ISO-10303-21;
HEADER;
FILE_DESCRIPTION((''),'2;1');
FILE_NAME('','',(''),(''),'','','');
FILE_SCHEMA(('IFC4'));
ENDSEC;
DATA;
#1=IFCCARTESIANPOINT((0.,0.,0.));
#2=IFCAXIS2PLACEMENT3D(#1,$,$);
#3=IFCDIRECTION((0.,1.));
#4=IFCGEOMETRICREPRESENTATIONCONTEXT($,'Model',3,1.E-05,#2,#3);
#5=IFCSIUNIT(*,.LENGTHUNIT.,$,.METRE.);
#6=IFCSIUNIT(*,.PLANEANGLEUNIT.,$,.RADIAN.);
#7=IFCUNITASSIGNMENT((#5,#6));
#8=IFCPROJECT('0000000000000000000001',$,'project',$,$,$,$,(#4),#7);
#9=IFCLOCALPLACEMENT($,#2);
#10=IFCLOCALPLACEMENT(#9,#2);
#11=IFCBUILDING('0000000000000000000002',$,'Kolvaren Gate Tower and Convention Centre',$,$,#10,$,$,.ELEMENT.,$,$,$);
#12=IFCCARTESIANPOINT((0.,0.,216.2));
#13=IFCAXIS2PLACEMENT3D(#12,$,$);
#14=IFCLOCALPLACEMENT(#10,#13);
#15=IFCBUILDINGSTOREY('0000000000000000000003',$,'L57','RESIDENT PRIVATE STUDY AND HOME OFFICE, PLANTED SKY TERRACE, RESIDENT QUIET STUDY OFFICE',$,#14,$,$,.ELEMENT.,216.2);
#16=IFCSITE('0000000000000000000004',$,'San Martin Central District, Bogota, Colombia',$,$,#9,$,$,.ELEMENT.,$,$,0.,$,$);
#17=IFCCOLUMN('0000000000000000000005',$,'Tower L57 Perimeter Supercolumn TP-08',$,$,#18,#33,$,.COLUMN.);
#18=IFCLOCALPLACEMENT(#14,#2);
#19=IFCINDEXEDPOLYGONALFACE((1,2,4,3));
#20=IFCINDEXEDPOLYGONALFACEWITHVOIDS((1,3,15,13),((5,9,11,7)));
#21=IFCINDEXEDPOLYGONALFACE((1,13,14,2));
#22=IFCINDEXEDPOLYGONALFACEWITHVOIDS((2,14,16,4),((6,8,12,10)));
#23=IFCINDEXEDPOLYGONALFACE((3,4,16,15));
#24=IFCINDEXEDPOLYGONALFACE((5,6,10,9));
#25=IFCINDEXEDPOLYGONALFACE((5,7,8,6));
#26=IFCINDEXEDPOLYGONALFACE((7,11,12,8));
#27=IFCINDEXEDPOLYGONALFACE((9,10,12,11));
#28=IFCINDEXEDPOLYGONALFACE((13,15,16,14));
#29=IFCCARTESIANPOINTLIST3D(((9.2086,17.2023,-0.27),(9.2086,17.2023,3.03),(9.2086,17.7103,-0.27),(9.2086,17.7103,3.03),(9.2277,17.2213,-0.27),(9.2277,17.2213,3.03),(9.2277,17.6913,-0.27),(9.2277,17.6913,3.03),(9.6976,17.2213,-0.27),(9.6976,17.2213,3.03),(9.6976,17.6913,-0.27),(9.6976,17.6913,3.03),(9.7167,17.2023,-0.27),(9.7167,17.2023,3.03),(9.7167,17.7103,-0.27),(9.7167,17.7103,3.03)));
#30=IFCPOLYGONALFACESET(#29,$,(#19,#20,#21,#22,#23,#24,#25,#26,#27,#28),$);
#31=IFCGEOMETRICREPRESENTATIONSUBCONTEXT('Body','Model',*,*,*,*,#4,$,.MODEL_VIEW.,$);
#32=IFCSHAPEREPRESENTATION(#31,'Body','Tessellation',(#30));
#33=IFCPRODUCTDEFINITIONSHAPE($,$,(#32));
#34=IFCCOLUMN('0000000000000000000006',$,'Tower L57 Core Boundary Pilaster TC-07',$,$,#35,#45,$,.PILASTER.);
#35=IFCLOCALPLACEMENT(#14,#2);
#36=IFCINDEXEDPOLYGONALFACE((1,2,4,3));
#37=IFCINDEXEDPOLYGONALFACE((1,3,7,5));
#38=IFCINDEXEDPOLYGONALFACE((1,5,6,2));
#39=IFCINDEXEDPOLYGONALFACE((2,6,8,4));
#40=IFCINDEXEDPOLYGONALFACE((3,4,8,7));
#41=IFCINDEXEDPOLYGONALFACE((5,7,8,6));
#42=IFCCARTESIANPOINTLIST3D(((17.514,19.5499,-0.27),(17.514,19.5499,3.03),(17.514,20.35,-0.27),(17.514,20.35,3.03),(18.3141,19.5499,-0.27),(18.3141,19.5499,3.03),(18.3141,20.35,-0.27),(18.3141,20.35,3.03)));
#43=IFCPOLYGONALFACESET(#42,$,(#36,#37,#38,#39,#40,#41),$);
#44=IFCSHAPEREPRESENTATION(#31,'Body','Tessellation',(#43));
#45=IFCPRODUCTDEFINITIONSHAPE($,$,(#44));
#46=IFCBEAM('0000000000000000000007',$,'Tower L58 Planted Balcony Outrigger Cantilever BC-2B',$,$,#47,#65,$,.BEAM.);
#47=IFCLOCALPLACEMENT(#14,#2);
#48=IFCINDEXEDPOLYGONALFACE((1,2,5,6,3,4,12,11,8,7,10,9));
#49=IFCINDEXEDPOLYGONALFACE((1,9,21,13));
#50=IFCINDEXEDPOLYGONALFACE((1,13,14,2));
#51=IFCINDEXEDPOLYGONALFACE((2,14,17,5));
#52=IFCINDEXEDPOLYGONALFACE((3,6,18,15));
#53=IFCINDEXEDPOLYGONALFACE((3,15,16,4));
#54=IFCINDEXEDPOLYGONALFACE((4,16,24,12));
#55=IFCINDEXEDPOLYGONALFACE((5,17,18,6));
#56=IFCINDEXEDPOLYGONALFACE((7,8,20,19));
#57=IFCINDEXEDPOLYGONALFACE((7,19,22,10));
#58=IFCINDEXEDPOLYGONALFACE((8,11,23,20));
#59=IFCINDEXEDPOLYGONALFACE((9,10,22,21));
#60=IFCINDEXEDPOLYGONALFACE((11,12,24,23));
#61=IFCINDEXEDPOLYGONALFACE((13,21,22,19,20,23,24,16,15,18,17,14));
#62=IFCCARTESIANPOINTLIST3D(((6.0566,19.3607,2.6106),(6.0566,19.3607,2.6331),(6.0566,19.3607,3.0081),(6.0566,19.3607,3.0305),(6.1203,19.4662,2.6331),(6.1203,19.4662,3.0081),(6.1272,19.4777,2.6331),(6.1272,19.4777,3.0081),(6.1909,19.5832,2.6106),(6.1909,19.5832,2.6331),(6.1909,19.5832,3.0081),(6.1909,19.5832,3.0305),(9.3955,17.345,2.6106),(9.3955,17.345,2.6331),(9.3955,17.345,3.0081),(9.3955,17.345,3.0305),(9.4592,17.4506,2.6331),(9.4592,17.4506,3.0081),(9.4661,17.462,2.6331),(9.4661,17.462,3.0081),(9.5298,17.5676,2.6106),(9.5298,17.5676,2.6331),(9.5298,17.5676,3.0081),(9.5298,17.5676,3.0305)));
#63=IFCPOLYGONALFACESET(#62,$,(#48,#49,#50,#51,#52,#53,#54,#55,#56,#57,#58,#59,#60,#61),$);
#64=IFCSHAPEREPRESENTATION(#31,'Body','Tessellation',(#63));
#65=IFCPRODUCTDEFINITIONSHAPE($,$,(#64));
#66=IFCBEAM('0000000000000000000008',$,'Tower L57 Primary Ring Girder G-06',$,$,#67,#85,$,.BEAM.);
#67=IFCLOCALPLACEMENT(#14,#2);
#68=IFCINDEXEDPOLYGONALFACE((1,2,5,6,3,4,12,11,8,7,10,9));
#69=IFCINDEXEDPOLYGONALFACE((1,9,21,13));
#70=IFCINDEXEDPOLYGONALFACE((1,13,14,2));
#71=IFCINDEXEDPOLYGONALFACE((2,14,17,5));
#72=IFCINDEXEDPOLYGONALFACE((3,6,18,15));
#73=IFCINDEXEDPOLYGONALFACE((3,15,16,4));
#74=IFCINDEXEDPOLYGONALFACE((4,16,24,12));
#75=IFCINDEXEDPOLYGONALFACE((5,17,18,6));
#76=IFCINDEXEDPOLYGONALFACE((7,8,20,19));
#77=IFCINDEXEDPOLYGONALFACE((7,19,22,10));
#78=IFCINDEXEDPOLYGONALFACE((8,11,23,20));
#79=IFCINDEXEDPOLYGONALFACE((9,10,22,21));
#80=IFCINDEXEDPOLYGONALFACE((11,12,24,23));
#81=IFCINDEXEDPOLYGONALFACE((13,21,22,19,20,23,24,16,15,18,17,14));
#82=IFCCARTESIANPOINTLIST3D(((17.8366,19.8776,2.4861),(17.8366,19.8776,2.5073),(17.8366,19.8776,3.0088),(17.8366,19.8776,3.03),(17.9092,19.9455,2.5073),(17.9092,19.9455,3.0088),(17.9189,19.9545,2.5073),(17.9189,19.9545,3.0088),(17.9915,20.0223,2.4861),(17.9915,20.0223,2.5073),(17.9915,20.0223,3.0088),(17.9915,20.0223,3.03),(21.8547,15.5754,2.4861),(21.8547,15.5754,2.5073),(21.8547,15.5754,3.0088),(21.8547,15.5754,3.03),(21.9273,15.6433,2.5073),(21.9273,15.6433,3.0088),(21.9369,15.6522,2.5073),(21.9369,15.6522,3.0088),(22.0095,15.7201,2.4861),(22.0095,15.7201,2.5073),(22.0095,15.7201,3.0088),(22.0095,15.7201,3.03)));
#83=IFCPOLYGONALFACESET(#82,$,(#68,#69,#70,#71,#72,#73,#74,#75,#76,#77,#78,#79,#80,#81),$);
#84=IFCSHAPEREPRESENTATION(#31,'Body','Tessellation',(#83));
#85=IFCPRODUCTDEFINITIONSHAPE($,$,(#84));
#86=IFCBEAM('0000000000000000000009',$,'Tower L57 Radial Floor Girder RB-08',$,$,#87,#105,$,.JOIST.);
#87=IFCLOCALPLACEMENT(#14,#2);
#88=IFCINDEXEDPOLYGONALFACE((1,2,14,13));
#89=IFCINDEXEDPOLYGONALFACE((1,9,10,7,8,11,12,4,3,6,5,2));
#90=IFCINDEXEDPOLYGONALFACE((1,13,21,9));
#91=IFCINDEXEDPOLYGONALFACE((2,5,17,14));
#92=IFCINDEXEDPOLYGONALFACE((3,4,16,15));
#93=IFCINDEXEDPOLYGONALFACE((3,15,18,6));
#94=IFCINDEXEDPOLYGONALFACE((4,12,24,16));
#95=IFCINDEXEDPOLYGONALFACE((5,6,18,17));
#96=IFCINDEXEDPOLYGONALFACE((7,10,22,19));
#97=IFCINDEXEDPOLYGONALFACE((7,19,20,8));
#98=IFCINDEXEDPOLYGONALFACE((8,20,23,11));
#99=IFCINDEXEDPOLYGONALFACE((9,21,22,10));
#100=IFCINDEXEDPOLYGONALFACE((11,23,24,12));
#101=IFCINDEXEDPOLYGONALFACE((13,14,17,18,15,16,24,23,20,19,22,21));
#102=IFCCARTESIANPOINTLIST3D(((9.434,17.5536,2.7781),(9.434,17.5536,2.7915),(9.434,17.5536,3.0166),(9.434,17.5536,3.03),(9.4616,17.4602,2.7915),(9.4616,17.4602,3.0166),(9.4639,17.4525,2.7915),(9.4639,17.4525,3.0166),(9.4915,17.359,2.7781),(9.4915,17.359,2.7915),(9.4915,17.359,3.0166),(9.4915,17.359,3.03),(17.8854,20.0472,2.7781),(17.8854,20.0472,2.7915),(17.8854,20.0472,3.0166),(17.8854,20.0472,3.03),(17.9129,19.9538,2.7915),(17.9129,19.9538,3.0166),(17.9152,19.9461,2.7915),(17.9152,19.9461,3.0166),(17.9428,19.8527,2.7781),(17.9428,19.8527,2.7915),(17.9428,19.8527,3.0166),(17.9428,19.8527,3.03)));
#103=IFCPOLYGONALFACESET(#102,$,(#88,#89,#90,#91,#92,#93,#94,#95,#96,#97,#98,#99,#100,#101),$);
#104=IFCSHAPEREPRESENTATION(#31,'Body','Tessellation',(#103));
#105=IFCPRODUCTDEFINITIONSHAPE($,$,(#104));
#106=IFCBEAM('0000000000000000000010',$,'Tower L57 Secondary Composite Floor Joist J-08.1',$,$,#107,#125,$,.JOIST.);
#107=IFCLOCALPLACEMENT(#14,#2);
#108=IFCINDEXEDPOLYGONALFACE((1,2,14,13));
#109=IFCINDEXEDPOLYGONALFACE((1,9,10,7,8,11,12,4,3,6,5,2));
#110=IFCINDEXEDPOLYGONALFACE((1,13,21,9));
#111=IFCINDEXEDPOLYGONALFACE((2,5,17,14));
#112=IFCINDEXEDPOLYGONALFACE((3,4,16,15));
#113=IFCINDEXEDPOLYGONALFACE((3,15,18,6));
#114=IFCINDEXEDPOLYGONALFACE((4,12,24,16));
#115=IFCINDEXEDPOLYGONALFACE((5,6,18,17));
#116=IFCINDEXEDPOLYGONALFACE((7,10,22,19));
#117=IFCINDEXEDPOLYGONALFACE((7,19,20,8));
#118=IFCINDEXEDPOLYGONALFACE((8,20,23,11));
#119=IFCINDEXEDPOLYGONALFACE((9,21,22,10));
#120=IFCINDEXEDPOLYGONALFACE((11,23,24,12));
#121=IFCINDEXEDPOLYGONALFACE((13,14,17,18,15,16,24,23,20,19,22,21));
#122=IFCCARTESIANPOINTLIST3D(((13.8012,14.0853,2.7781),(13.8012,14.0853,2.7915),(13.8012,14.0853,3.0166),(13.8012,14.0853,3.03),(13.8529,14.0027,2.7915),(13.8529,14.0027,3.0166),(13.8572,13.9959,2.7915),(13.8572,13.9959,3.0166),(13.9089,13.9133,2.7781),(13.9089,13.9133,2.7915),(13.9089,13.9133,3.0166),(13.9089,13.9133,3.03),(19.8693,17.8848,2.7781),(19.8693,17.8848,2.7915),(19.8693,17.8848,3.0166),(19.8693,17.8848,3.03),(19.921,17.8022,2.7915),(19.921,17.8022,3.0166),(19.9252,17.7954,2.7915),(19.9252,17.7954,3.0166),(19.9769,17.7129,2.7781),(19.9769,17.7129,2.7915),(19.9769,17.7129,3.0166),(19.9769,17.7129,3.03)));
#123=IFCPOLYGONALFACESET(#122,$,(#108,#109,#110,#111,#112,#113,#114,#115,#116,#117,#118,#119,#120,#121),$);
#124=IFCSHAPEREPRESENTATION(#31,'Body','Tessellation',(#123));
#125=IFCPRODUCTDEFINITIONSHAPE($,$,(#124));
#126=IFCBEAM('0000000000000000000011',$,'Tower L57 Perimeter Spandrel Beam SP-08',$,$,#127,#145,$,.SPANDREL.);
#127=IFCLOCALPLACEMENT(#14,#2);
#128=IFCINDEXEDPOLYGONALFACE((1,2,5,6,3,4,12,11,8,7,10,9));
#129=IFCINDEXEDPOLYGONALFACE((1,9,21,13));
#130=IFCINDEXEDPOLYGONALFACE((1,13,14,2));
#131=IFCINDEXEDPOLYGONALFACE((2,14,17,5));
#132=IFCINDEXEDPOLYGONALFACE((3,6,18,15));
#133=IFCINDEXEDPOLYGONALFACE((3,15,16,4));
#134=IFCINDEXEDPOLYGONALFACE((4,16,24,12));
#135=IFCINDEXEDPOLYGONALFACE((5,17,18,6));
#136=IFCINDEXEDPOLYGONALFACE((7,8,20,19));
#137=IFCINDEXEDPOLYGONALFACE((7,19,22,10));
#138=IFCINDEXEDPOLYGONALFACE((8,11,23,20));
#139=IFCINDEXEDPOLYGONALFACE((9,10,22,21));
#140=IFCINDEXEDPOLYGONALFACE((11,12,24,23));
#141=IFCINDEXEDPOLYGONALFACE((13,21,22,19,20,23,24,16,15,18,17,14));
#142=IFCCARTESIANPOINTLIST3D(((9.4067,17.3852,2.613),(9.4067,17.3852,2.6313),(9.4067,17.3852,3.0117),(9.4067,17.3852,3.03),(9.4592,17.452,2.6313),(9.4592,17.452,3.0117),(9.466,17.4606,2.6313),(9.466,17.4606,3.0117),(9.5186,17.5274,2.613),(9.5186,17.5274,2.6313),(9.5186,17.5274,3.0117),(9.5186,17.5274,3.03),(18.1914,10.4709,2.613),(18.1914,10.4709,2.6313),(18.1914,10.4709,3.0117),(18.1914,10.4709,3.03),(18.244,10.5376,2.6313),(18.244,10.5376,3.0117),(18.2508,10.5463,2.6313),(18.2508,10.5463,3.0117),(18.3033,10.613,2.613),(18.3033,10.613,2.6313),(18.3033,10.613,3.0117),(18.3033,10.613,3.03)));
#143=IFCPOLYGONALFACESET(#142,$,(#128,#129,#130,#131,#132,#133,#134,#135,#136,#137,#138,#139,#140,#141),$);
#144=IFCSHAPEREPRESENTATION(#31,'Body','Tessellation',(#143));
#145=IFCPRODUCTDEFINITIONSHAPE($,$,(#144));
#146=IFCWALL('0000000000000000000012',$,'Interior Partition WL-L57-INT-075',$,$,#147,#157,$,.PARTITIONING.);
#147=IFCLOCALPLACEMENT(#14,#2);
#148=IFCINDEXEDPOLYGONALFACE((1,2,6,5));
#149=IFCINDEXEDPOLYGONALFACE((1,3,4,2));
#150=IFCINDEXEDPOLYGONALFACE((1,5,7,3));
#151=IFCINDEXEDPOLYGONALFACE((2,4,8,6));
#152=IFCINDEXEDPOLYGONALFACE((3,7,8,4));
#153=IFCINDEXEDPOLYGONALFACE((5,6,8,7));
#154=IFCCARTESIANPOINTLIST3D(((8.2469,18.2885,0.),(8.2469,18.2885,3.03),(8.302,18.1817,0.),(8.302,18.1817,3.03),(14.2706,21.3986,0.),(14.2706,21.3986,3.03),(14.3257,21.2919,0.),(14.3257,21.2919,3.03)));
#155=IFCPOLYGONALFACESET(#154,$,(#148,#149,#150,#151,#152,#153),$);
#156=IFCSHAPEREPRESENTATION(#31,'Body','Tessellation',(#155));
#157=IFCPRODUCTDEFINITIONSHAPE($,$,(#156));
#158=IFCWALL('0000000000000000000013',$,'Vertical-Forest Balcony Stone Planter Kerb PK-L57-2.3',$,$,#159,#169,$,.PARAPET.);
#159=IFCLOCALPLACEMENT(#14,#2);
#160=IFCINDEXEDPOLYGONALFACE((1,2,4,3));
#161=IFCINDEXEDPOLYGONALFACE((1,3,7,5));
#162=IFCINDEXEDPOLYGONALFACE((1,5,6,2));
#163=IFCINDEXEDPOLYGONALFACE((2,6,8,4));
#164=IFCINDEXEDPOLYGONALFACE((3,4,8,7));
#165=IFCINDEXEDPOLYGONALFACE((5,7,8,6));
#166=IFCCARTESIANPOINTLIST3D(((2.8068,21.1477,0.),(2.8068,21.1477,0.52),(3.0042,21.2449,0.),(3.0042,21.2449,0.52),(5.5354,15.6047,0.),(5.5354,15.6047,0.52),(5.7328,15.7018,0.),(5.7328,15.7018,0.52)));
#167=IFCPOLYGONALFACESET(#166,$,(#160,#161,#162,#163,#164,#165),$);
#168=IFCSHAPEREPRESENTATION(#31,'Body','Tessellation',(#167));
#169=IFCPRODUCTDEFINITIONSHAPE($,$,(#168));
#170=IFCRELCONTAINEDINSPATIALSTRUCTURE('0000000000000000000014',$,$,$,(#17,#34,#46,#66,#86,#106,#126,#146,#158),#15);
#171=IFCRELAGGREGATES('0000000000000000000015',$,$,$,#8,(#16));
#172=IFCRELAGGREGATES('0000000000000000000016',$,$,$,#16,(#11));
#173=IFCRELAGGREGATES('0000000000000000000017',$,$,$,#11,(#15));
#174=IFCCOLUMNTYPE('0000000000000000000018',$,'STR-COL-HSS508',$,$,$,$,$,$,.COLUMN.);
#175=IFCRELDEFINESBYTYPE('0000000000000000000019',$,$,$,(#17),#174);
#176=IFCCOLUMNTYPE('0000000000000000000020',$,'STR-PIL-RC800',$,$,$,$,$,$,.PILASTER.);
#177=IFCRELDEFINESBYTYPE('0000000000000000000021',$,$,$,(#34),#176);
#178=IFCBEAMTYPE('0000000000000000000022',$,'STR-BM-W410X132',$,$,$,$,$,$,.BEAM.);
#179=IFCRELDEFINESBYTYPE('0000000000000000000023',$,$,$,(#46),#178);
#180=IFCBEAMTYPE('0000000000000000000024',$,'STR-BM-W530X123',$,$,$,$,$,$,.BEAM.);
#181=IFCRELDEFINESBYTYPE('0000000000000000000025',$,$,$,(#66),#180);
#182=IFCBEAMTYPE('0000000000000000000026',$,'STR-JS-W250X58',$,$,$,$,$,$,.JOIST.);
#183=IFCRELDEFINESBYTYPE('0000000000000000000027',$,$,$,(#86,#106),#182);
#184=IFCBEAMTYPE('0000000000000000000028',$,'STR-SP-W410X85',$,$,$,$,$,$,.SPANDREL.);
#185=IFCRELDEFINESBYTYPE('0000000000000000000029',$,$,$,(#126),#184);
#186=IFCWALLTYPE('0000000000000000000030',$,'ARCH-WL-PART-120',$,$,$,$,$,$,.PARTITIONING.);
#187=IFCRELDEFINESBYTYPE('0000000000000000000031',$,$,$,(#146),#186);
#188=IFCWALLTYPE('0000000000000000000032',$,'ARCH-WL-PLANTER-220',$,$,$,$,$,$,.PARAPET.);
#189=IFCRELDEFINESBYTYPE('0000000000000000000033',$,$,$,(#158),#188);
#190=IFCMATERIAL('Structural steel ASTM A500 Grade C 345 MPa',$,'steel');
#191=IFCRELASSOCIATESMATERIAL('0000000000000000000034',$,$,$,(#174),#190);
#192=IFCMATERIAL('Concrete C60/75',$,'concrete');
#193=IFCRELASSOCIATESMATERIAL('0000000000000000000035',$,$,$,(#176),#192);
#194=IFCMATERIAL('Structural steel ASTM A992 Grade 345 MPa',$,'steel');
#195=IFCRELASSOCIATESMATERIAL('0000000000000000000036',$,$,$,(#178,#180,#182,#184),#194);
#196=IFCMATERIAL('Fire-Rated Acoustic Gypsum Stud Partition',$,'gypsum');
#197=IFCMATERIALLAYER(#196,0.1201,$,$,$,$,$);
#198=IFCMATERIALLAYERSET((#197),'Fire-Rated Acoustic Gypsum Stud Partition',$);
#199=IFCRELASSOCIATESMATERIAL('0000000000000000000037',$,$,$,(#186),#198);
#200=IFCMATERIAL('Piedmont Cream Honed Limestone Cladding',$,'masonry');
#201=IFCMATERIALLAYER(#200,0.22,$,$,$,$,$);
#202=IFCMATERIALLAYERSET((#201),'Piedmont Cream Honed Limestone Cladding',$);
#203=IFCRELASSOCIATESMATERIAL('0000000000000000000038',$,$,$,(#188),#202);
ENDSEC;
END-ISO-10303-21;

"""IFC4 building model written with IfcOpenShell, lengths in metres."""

from ifc_helpers import new_model, si_unit, direction, frame, frame_2d, origin, origin_2d, place, context, subcontext, project, spatial, rectangle, hollow_rectangle, i_section, extrude, material, layer, layer_set, material_profile, profile_set, type_object, element, save


model = new_model("IFC4")

# Units and contexts
model_context = context("Model", 3, precision=1e-05, world=origin(), true_north=direction((0.0, 1.0)))
body_context = subcontext(model_context, "Body", "Model", "MODEL_VIEW")
ifc_project = project(units=[si_unit("LENGTHUNIT", "METRE"), si_unit("PLANEANGLEUNIT", "RADIAN")], contexts=[model_context])

# Site, building, storey
site_placement = place(None, origin())
site = spatial("IfcSite", under=ifc_project, at=site_placement, Name="San Martin Central District, Bogota, Colombia", CompositionType="ELEMENT", RefElevation=0.0)
building_placement = place(site_placement, origin())
building = spatial("IfcBuilding", under=site, at=building_placement, Name="Kolvaren Gate Tower and Convention Centre", CompositionType="ELEMENT")
storey_placement = place(building_placement, frame((0.0, 0.0, 216.2)))
storey = spatial("IfcBuildingStorey", under=building, at=storey_placement, Name="L57", Description="RESIDENT PRIVATE STUDY AND HOME OFFICE, PLANTED SKY TERRACE, RESIDENT QUIET STUDY OFFICE", CompositionType="ELEMENT", Elevation=216.2)

# Columns
ifc_material_1 = material(Name="Structural steel ASTM A500 Grade C 345 MPa", Category="steel")
ifc_material_profile_1 = material_profile(ifc_material_1, hollow_rectangle(XDim=0.5081, YDim=0.5081, WallThickness=0.019, at=origin_2d()), Name="HSS508X508X19.1")
ifc_profile_set_1 = profile_set([ifc_material_profile_1], Name="Structural steel ASTM A500 Grade C 345 MPa")
column_type_1 = type_object("IfcColumnType", Name="STR-COL-HSS508", PredefinedType="COLUMN", material=ifc_profile_set_1)
column_1_placement = place(storey_placement, frame((9.4626, 17.4563, -0.27), z_axis=(0.0, 0.0, 1.0), x_axis=(1.0, 0.0, 0.0)))
element("IfcColumn", 1, at=column_1_placement, inside=storey, type_object=column_type_1, Name="Tower L57 Perimeter Supercolumn TP-08", PredefinedType="COLUMN", context=body_context, shape_type="SweptSolid", body=[
    extrude(hollow_rectangle(XDim=0.5081, YDim=0.5081, WallThickness=0.019, at=origin_2d()), origin(), (0.0, 0.0, 1.0), 3.3),
])
ifc_material_2 = material(Name="Concrete C60/75", Category="concrete")
ifc_material_profile_2 = material_profile(ifc_material_2, rectangle(XDim=0.8, YDim=0.8, at=origin_2d()), Name="RC-COL-800X800")
ifc_profile_set_2 = profile_set([ifc_material_profile_2], Name="Concrete C60/75")
column_type_2 = type_object("IfcColumnType", Name="STR-PIL-RC800", PredefinedType="PILASTER", material=ifc_profile_set_2)
column_2_placement = place(storey_placement, frame((17.9141, 19.95, -0.27), z_axis=(0.0, 0.0, 1.0), x_axis=(1.0, 0.0, 0.0)))
element("IfcColumn", 2, at=column_2_placement, inside=storey, type_object=column_type_2, Name="Tower L57 Core Boundary Pilaster TC-07", PredefinedType="PILASTER", context=body_context, shape_type="SweptSolid", body=[
    extrude(rectangle(XDim=0.8, YDim=0.8, at=origin_2d()), origin(), (0.0, 0.0, 1.0), 3.3),
])

# Beams
ifc_material_3 = material(Name="Structural steel ASTM A992 Grade 345 MPa", Category="steel")
ifc_material_profile_3 = material_profile(ifc_material_3, i_section(OverallWidth=0.26, OverallDepth=0.4199, WebThickness=0.0134, FlangeThickness=0.0225, at=origin_2d()), Name="W410X132")
ifc_profile_set_3 = profile_set([ifc_material_profile_3], Name="Structural steel ASTM A992 Grade 345 MPa")
beam_type_1 = type_object("IfcBeamType", Name="STR-BM-W410X132", PredefinedType="BEAM", material=ifc_profile_set_3)
beam_1_placement = place(storey_placement, frame((9.4626, 17.4563, 2.8206), z_axis=(-0.856098, 0.516814, 0.0), x_axis=(-0.516814, -0.856098, 0.0)))
element("IfcBeam", 3, at=beam_1_placement, inside=storey, type_object=beam_type_1, Name="Tower L58 Planted Balcony Outrigger Cantilever BC-2B", PredefinedType="BEAM", context=body_context, shape_type="SweptSolid", body=[
    extrude(i_section(OverallWidth=0.26, OverallDepth=0.4199, WebThickness=0.0134, FlangeThickness=0.0225, at=origin_2d()), origin(), (0.0, 0.0, 1.0), 3.9001),
])
ifc_material_profile_4 = material_profile(ifc_material_3, i_section(OverallWidth=0.2119, OverallDepth=0.5439, WebThickness=0.0132, FlangeThickness=0.0212, at=origin_2d()), Name="W530X123")
ifc_profile_set_4 = profile_set([ifc_material_profile_4], Name="Structural steel ASTM A992 Grade 345 MPa")
beam_type_2 = type_object("IfcBeamType", Name="STR-BM-W530X123", PredefinedType="BEAM", material=ifc_profile_set_4)
beam_2_placement = place(storey_placement, frame((17.9141, 19.95, 2.7581), z_axis=(0.682558, -0.730832, 0.0), x_axis=(0.730832, 0.682558, 0.0)))
element("IfcBeam", 4, at=beam_2_placement, inside=storey, type_object=beam_type_2, Name="Tower L57 Primary Ring Girder G-06", PredefinedType="BEAM", context=body_context, shape_type="SweptSolid", body=[
    extrude(i_section(OverallWidth=0.2119, OverallDepth=0.5439, WebThickness=0.0132, FlangeThickness=0.0212, at=origin_2d()), origin(), (0.0, 0.0, 1.0), 5.8867),
])
ifc_material_profile_5 = material_profile(ifc_material_3, i_section(OverallWidth=0.2029, OverallDepth=0.252, WebThickness=0.0081, FlangeThickness=0.0134, at=origin_2d()), Name="W250X58")
ifc_profile_set_5 = profile_set([ifc_material_profile_5], Name="Structural steel ASTM A992 Grade 345 MPa")
beam_type_3 = type_object("IfcBeamType", Name="STR-JS-W250X58", PredefinedType="JOIST", material=ifc_profile_set_5)
beam_3_placement = place(storey_placement, frame((17.9141, 19.95, 2.9041), z_axis=(-0.959121, -0.282996, 0.0), x_axis=(0.282996, -0.959121, 0.0)))
element("IfcBeam", 5, at=beam_3_placement, inside=storey, type_object=beam_type_3, Name="Tower L57 Radial Floor Girder RB-08", PredefinedType="JOIST", context=body_context, shape_type="SweptSolid", body=[
    extrude(i_section(OverallWidth=0.2029, OverallDepth=0.252, WebThickness=0.0081, FlangeThickness=0.0134, at=origin_2d()), origin(), (0.0, 0.0, 1.0), 8.8115),
])
beam_4_placement = place(storey_placement, frame((19.9231, 17.7988, 2.9041), z_axis=(-0.847559, -0.530701, 0.0), x_axis=(0.530701, -0.847559, 0.0)))
element("IfcBeam", 6, at=beam_4_placement, inside=storey, type_object=beam_type_3, Name="Tower L57 Secondary Composite Floor Joist J-08.1", PredefinedType="JOIST", context=body_context, shape_type="SweptSolid", body=[
    extrude(i_section(OverallWidth=0.2029, OverallDepth=0.252, WebThickness=0.0081, FlangeThickness=0.0134, at=origin_2d()), origin(), (0.0, 0.0, 1.0), 7.1594),
])
ifc_material_profile_6 = material_profile(ifc_material_3, i_section(OverallWidth=0.1809, OverallDepth=0.417, WebThickness=0.011, FlangeThickness=0.0183, at=origin_2d()), Name="W410X85")
ifc_profile_set_6 = profile_set([ifc_material_profile_6], Name="Structural steel ASTM A992 Grade 345 MPa")
beam_type_4 = type_object("IfcBeamType", Name="STR-SP-W410X85", PredefinedType="SPANDREL", material=ifc_profile_set_6)
beam_5_placement = place(storey_placement, frame((9.4626, 17.4563, 2.8215), z_axis=(0.785794, -0.618489, 0.0), x_axis=(0.618489, 0.785794, 0.0)))
element("IfcBeam", 7, at=beam_5_placement, inside=storey, type_object=beam_type_4, Name="Tower L57 Perimeter Spandrel Beam SP-08", PredefinedType="SPANDREL", context=body_context, shape_type="SweptSolid", body=[
    extrude(i_section(OverallWidth=0.1809, OverallDepth=0.417, WebThickness=0.011, FlangeThickness=0.0183, at=origin_2d()), origin(), (0.0, 0.0, 1.0), 11.1794),
])

# Walls
ifc_material_4 = material(Name="Fire-Rated Acoustic Gypsum Stud Partition", Category="gypsum")
ifc_layer_1 = layer(ifc_material_4, 0.1201)
ifc_layer_set_1 = layer_set([ifc_layer_1], Name="Fire-Rated Acoustic Gypsum Stud Partition")
wall_type_1 = type_object("IfcWallType", Name="ARCH-WL-PART-120", PredefinedType="PARTITIONING", material=ifc_layer_set_1)
wall_1_placement = place(storey_placement, frame((8.2744, 18.2351, 0.0), z_axis=(0.0, 0.0, 1.0), x_axis=(0.888554, 0.458772, 0.0)))
element("IfcWall", 8, at=wall_1_placement, inside=storey, type_object=wall_type_1, Name="Interior Partition WL-L57-INT-075", PredefinedType="PARTITIONING", context=body_context, shape_type="SweptSolid", body=[
    extrude(rectangle(XDim=6.7793, YDim=0.1201, at=frame_2d((3.3896, 0.0))), origin(), (0.0, 0.0, 1.0), 3.03),
])
ifc_material_5 = material(Name="Piedmont Cream Honed Limestone Cladding", Category="masonry")
ifc_layer_2 = layer(ifc_material_5, 0.22)
ifc_layer_set_2 = layer_set([ifc_layer_2], Name="Piedmont Cream Honed Limestone Cladding")
wall_type_2 = type_object("IfcWallType", Name="ARCH-WL-PLANTER-220", PredefinedType="PARAPET", material=ifc_layer_set_2)
wall_2_placement = place(storey_placement, frame((2.9055, 21.1963, 0.0), z_axis=(0.0, 0.0, 1.0), x_axis=(0.441641, -0.897192, 0.0)))
element("IfcWall", 9, at=wall_2_placement, inside=storey, type_object=wall_type_2, Name="Vertical-Forest Balcony Stone Planter Kerb PK-L57-2.3", PredefinedType="PARAPET", context=body_context, shape_type="SweptSolid", body=[
    extrude(rectangle(XDim=6.1782, YDim=0.22, at=frame_2d((3.0891, 0.0))), origin(), (0.0, 0.0, 1.0), 0.52),
])

save(model, "model.ifc")
